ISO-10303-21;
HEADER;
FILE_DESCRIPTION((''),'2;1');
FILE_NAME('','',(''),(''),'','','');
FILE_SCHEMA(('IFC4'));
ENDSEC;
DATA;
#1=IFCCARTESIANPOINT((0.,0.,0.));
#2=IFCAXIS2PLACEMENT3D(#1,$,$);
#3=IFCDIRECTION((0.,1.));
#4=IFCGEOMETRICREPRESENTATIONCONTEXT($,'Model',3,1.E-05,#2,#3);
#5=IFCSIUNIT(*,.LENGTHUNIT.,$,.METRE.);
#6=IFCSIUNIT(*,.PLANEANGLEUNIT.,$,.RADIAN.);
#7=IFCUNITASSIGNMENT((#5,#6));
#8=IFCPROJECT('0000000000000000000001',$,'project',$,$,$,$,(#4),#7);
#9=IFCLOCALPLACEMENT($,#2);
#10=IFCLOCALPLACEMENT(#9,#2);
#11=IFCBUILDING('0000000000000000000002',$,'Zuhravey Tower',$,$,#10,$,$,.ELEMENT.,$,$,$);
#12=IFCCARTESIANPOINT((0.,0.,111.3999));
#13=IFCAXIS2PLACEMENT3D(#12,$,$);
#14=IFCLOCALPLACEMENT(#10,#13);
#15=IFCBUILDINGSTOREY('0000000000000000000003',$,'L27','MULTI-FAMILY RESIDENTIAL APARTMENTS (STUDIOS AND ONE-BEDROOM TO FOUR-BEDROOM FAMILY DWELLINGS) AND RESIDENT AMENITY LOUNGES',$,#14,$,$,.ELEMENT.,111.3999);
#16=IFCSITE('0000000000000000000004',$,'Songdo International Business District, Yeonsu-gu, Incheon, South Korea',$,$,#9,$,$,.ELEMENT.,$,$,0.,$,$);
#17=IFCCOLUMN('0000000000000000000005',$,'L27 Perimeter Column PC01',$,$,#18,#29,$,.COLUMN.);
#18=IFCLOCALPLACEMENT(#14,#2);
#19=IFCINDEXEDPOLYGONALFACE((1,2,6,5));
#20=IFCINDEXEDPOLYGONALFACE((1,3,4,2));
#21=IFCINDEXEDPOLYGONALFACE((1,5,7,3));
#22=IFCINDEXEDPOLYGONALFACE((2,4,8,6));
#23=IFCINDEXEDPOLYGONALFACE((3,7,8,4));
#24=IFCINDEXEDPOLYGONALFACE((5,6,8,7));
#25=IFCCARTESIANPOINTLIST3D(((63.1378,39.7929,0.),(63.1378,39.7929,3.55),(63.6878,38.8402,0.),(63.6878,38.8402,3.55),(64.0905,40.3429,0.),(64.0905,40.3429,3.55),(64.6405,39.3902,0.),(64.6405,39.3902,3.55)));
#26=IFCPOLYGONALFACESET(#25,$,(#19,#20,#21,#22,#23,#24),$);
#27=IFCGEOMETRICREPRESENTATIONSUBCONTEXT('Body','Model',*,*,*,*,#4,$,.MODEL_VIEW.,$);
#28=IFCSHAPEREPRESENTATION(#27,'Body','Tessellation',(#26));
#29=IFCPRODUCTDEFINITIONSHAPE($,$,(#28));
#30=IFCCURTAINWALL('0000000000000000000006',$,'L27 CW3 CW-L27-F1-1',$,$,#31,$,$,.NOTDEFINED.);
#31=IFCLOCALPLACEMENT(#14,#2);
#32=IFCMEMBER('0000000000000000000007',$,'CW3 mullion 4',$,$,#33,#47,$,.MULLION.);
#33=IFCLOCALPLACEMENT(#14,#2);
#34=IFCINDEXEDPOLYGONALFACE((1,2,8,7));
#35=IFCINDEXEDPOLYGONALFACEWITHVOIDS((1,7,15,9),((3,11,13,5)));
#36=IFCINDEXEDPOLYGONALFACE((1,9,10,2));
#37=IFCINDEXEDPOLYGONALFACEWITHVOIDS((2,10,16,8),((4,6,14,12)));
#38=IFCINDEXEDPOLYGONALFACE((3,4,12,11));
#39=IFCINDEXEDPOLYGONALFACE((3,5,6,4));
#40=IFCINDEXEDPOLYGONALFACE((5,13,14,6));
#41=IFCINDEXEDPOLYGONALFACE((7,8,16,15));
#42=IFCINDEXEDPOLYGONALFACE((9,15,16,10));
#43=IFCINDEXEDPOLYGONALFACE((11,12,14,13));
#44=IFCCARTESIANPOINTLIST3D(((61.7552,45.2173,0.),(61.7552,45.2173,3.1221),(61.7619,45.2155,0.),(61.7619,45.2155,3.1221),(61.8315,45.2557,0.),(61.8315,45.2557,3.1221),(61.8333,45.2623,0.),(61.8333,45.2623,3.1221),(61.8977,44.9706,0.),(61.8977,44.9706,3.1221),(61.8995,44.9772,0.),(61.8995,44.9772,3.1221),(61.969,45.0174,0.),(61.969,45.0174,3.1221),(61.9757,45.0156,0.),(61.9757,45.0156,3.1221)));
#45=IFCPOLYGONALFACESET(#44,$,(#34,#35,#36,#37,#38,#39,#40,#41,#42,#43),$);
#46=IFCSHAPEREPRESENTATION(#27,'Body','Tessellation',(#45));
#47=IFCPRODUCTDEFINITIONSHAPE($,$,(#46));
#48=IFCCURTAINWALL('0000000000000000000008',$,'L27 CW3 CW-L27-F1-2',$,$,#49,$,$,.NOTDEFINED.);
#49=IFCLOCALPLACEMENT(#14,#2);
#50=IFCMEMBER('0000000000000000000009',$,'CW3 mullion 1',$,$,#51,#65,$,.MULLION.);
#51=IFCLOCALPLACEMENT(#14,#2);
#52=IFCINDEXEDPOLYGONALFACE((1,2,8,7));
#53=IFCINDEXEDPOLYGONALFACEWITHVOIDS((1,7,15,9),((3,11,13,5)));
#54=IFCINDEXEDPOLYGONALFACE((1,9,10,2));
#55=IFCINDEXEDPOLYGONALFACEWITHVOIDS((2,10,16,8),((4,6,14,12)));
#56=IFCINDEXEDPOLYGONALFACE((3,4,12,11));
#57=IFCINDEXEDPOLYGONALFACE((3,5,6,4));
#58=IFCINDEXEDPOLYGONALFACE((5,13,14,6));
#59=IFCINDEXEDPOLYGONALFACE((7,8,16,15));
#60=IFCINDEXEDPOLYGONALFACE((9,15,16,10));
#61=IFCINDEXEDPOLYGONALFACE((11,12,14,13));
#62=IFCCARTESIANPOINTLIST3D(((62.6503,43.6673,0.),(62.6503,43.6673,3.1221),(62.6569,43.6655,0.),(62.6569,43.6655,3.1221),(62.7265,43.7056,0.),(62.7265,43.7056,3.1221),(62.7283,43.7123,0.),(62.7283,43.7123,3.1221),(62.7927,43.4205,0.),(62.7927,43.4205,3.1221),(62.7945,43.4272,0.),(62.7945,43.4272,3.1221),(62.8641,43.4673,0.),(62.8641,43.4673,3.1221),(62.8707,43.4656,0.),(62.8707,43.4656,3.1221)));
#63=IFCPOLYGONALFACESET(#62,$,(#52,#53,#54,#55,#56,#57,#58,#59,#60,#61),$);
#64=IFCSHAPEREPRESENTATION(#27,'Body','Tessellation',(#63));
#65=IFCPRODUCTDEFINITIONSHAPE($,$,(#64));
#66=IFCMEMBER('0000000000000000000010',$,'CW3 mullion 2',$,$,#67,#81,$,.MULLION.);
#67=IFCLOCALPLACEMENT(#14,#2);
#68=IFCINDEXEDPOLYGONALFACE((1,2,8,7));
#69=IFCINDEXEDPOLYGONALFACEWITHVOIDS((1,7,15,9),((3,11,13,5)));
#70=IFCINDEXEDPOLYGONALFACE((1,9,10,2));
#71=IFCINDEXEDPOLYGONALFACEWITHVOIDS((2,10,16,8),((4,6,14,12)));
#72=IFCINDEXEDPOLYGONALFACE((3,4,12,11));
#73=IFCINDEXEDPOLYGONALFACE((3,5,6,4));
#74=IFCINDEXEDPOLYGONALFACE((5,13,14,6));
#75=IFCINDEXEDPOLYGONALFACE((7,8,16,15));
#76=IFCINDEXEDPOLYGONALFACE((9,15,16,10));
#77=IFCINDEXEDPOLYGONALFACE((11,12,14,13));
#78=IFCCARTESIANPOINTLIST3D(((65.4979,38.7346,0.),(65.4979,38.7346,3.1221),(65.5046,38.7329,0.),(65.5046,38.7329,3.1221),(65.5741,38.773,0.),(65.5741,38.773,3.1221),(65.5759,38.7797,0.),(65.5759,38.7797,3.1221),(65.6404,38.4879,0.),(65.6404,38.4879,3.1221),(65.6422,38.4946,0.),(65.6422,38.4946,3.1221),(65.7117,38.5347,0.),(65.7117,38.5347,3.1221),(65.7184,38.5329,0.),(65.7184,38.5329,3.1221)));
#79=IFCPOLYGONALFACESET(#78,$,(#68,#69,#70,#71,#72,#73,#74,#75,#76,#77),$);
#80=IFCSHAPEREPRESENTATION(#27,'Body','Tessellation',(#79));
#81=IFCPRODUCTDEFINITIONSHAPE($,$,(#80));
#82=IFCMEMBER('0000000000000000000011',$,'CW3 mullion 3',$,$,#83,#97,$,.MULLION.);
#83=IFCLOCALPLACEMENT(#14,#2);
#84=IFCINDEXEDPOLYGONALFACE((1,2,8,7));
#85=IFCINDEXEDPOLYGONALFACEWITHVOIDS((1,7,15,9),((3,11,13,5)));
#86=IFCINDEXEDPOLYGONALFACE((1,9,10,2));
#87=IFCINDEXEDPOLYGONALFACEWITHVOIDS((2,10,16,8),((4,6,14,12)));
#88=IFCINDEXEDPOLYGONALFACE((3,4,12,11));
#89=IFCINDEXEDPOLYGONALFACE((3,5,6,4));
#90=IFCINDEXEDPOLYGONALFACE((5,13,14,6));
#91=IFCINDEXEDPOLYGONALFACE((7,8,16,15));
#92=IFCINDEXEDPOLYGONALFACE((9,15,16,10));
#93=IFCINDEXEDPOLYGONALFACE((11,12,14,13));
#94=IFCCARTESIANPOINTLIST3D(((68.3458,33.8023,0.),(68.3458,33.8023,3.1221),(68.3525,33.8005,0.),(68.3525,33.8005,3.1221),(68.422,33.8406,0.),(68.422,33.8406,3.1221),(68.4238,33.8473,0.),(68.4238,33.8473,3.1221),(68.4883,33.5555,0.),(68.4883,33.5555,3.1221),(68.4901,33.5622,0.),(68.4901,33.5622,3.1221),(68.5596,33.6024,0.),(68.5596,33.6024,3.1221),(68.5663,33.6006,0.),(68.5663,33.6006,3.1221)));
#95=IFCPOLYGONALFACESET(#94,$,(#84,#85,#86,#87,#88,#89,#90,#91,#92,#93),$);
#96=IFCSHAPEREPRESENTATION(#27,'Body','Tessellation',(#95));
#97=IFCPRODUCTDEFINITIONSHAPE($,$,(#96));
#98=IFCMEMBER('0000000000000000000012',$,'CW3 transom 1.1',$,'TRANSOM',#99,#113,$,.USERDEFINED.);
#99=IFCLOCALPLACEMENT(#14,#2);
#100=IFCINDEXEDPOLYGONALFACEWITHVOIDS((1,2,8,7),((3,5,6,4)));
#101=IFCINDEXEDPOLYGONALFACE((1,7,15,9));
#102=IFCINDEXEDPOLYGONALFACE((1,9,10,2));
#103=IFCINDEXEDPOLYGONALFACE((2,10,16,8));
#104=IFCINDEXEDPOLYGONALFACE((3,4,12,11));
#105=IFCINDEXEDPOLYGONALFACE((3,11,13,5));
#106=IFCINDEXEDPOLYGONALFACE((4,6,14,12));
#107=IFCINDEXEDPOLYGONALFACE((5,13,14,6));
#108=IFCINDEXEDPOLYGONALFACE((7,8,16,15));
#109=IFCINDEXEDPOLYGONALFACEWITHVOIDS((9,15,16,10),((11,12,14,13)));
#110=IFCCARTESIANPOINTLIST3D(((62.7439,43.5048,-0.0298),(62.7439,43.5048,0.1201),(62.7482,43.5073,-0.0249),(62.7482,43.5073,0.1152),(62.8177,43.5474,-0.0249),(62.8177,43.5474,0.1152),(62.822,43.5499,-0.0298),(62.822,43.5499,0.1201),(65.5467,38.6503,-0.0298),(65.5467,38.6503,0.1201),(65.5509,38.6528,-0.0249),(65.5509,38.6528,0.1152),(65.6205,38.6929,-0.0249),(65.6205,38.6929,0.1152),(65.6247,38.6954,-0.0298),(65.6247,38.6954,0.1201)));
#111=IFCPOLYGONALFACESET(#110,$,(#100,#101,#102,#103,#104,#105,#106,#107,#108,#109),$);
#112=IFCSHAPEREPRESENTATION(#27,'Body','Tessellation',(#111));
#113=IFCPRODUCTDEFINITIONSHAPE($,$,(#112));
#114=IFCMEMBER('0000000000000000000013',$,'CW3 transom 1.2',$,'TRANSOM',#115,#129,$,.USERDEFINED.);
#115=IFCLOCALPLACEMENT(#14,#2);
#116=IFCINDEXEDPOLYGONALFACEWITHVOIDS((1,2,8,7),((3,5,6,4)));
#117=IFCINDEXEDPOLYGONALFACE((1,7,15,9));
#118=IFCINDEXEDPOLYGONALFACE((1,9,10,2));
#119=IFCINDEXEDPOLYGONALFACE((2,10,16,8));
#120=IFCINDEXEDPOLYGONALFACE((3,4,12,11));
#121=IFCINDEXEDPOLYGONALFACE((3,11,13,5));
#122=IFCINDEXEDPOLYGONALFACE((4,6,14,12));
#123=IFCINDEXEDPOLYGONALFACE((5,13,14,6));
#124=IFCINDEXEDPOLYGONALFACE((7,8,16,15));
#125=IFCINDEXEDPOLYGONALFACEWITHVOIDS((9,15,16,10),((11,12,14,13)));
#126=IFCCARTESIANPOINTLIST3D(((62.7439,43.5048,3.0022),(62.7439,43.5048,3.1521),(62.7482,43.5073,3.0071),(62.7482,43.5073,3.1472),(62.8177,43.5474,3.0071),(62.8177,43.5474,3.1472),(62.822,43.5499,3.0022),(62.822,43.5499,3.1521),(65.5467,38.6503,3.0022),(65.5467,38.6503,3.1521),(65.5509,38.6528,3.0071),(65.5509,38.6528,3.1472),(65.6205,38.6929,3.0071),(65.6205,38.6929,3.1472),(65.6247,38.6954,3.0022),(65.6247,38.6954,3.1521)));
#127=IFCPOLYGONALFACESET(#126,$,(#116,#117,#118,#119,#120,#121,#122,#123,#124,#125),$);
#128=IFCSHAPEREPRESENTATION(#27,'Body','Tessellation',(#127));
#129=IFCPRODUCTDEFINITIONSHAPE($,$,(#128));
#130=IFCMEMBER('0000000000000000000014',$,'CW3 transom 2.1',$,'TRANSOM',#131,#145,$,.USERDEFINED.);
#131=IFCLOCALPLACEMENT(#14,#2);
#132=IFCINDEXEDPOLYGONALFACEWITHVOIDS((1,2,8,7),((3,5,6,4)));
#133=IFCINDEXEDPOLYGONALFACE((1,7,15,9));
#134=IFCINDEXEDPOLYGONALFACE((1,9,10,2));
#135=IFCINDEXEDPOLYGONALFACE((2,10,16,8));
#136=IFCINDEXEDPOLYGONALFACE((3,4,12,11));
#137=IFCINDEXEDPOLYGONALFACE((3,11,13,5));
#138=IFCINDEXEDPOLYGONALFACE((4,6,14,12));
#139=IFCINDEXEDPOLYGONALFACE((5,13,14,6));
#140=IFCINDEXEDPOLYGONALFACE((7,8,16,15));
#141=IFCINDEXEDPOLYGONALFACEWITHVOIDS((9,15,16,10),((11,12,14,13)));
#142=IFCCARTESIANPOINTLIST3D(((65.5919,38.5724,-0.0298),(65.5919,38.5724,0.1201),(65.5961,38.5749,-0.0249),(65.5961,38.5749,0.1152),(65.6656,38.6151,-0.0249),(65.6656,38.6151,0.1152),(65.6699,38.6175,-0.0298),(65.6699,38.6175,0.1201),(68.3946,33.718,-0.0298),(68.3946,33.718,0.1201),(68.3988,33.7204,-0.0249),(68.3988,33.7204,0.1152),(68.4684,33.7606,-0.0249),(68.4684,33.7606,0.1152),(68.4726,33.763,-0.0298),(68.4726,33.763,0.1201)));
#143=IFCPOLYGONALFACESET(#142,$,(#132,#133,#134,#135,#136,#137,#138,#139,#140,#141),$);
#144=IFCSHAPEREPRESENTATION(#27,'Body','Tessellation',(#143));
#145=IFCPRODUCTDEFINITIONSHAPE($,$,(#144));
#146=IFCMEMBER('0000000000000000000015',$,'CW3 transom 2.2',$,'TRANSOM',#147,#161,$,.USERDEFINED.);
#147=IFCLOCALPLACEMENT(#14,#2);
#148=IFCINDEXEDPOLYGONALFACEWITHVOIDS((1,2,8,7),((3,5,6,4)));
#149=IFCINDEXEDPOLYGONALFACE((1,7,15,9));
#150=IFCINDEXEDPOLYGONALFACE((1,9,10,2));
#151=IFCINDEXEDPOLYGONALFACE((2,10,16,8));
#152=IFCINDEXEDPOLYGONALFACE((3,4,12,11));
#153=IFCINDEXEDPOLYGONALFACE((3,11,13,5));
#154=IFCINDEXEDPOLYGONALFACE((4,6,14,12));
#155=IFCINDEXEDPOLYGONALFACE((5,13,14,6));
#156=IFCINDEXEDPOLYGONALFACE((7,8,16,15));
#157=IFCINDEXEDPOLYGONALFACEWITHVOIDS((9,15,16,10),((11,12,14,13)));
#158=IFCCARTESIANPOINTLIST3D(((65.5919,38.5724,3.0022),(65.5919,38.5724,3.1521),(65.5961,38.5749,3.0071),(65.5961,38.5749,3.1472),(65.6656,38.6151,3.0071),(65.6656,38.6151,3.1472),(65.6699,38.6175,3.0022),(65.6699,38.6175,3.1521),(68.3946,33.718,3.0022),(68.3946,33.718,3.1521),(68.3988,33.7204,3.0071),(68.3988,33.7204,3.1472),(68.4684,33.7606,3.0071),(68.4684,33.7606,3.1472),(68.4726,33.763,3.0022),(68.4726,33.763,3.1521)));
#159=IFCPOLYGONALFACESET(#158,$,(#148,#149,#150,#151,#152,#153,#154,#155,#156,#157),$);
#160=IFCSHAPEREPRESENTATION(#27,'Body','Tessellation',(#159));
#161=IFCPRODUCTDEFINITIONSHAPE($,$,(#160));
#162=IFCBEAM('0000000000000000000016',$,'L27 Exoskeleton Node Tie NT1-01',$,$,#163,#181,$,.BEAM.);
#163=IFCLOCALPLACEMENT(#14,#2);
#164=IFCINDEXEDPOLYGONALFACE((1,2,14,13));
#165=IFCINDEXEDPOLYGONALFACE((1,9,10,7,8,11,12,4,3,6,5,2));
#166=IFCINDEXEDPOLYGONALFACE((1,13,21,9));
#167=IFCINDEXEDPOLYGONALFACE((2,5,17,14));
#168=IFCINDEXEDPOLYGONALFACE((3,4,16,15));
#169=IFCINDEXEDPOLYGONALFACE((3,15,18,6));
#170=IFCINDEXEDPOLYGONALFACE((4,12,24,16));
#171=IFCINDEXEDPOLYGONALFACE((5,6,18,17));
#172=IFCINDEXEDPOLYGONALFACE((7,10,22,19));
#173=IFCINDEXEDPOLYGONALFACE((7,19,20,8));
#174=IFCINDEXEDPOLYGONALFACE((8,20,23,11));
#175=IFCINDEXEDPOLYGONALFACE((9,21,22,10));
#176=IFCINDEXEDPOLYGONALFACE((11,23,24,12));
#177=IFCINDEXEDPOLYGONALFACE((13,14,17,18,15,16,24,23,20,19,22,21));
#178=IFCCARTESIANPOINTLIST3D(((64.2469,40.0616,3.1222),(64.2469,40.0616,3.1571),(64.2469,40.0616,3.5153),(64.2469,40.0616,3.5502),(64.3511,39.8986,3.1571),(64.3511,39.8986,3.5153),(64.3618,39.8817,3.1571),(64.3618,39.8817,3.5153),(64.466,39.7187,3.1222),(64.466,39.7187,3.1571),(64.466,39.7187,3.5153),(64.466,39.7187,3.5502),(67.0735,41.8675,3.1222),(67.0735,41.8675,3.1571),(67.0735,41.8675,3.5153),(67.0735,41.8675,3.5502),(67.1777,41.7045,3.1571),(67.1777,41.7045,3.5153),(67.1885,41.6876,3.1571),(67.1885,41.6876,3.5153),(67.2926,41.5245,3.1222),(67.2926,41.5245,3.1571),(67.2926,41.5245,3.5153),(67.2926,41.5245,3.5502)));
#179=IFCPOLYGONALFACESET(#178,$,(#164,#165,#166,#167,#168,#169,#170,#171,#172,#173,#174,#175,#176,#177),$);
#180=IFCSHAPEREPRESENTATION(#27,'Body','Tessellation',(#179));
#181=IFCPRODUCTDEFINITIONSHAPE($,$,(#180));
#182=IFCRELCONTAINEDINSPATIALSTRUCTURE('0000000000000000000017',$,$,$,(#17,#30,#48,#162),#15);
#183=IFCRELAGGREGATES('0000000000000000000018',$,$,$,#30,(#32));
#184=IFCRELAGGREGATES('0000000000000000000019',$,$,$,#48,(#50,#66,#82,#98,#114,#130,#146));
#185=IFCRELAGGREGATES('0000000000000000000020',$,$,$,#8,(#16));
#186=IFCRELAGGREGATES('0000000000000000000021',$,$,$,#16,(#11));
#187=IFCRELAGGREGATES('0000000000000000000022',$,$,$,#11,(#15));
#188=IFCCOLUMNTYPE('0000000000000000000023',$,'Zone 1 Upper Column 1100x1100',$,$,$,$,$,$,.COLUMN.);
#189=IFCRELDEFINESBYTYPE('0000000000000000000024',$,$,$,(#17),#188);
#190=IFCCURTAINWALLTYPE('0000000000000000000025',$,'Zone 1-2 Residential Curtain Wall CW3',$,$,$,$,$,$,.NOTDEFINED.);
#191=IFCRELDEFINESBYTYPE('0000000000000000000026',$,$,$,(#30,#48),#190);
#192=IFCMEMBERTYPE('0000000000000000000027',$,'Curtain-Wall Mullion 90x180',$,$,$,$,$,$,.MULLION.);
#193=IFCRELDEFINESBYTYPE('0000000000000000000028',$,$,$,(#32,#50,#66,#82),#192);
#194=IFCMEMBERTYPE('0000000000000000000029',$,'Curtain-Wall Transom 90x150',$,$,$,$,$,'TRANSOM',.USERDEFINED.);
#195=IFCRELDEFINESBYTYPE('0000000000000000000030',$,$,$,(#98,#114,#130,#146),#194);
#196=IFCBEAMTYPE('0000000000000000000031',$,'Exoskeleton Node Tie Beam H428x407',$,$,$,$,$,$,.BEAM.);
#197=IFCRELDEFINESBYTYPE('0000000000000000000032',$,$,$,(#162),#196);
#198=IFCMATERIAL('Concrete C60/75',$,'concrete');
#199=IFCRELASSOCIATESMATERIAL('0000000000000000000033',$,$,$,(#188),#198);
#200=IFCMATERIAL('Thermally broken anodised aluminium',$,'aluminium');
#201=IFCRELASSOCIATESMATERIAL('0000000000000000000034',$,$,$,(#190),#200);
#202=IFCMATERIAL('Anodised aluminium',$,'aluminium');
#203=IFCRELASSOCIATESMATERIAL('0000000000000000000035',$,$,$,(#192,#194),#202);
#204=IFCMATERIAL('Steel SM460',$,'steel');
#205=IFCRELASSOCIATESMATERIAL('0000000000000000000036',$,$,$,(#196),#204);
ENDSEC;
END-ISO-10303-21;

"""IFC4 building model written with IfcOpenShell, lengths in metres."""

from ifc_helpers import new_model, si_unit, direction, frame, origin, origin_2d, place, context, subcontext, project, spatial, rectangle, hollow_rectangle, i_section, extrude, material, material_profile, profile_set, type_object, element, aggregate, save


model = new_model("IFC4")

# Units and contexts
model_context = context("Model", 3, precision=1e-05, world=origin(), true_north=direction((0.0, 1.0)))
body_context = subcontext(model_context, "Body", "Model", "MODEL_VIEW")
ifc_project = project(units=[si_unit("LENGTHUNIT", "METRE"), si_unit("PLANEANGLEUNIT", "RADIAN")], contexts=[model_context])

# Site, building, storey
site_placement = place(None, origin())
site = spatial("IfcSite", under=ifc_project, at=site_placement, Name="Songdo International Business District, Yeonsu-gu, Incheon, South Korea", CompositionType="ELEMENT", RefElevation=0.0)
building_placement = place(site_placement, origin())
building = spatial("IfcBuilding", under=site, at=building_placement, Name="Zuhravey Tower", CompositionType="ELEMENT")
storey_placement = place(building_placement, frame((0.0, 0.0, 111.3999)))
storey = spatial("IfcBuildingStorey", under=building, at=storey_placement, Name="L27", Description="MULTI-FAMILY RESIDENTIAL APARTMENTS (STUDIOS AND ONE-BEDROOM TO FOUR-BEDROOM FAMILY DWELLINGS) AND RESIDENT AMENITY LOUNGES", CompositionType="ELEMENT", Elevation=111.3999)

# Column
ifc_material_1 = material(Name="Concrete C60/75", Category="concrete")
ifc_material_profile_1 = material_profile(ifc_material_1, rectangle(XDim=1.1001, YDim=1.1001, at=origin_2d()), Name="RC-1100x1100")
ifc_profile_set_1 = profile_set([ifc_material_profile_1], Name="Concrete C60/75")
column_type = type_object("IfcColumnType", Name="Zone 1 Upper Column 1100x1100", PredefinedType="COLUMN", material=ifc_profile_set_1)
column_placement = place(storey_placement, frame((63.8892, 39.5916, 0.0), z_axis=(0.0, 0.0, 1.0), x_axis=(-0.5, 0.866025, 0.0)))
element("IfcColumn", 1, at=column_placement, inside=storey, type_object=column_type, Name="L27 Perimeter Column PC01", PredefinedType="COLUMN", context=body_context, shape_type="SweptSolid", body=[
    extrude(rectangle(XDim=1.1001, YDim=1.1001, at=origin_2d()), origin(), (0.0, 0.0, 1.0), 3.55),
])

# Curtain wall, member
ifc_material_2 = material(Name="Thermally broken anodised aluminium", Category="aluminium")
curtain_wall_type = type_object("IfcCurtainWallType", Name="Zone 1-2 Residential Curtain Wall CW3", PredefinedType="NOTDEFINED", material=ifc_material_2)
curtain_wall_1_placement = place(storey_placement, origin())
curtain_wall_1 = element("IfcCurtainWall", 2, at=curtain_wall_1_placement, inside=storey, type_object=curtain_wall_type, Name="L27 CW3 CW-L27-F1-1", PredefinedType="NOTDEFINED")
ifc_material_3 = material(Name="Anodised aluminium", Category="aluminium")
ifc_material_profile_2 = material_profile(ifc_material_3, hollow_rectangle(XDim=0.0901, YDim=0.2849, WallThickness=0.0049, at=origin_2d()), Name="ALU-RHS-90x285x5")
ifc_profile_set_2 = profile_set([ifc_material_profile_2], Name="Anodised aluminium")
member_type_1 = type_object("IfcMemberType", Name="Curtain-Wall Mullion 90x180", PredefinedType="MULLION", material=ifc_profile_set_2)
member_1_placement = place(storey_placement, frame((61.8655, 45.1165, 0.0), z_axis=(0.0, 0.0, 1.0), x_axis=(0.866025, 0.5, 0.0)))
member_1 = element("IfcMember", 3, at=member_1_placement, type_object=member_type_1, Name="CW3 mullion 4", PredefinedType="MULLION", context=body_context, shape_type="SweptSolid", body=[
    extrude(hollow_rectangle(XDim=0.0901, YDim=0.2849, WallThickness=0.0049, at=origin_2d()), origin(), (0.0, 0.0, 1.0), 3.1221),
])
aggregate(curtain_wall_1, [member_1])

# Curtain wall, members
curtain_wall_2_placement = place(storey_placement, origin())
curtain_wall_2 = element("IfcCurtainWall", 4, at=curtain_wall_2_placement, inside=storey, type_object=curtain_wall_type, Name="L27 CW3 CW-L27-F1-2", PredefinedType="NOTDEFINED")
member_2_placement = place(storey_placement, frame((62.7605, 43.5664, 0.0), z_axis=(0.0, 0.0, 1.0), x_axis=(0.866025, 0.500001, 0.0)))
member_2 = element("IfcMember", 5, at=member_2_placement, type_object=member_type_1, Name="CW3 mullion 1", PredefinedType="MULLION", context=body_context, shape_type="SweptSolid", body=[
    extrude(hollow_rectangle(XDim=0.0901, YDim=0.2849, WallThickness=0.0049, at=origin_2d()), origin(), (0.0, 0.0, 1.0), 3.1221),
])
member_3_placement = place(storey_placement, frame((65.6082, 38.6338, 0.0), z_axis=(0.0, 0.0, 1.0), x_axis=(0.866025, 0.500001, 0.0)))
member_3 = element("IfcMember", 6, at=member_3_placement, type_object=member_type_1, Name="CW3 mullion 2", PredefinedType="MULLION", context=body_context, shape_type="SweptSolid", body=[
    extrude(hollow_rectangle(XDim=0.0901, YDim=0.2849, WallThickness=0.0049, at=origin_2d()), origin(), (0.0, 0.0, 1.0), 3.1221),
])
member_4_placement = place(storey_placement, frame((68.4561, 33.7014, 0.0), z_axis=(0.0, 0.0, 1.0), x_axis=(0.866025, 0.500001, 0.0)))
member_4 = element("IfcMember", 7, at=member_4_placement, type_object=member_type_1, Name="CW3 mullion 3", PredefinedType="MULLION", context=body_context, shape_type="SweptSolid", body=[
    extrude(hollow_rectangle(XDim=0.0901, YDim=0.2849, WallThickness=0.0049, at=origin_2d()), origin(), (0.0, 0.0, 1.0), 3.1221),
])
ifc_material_profile_3 = material_profile(ifc_material_3, hollow_rectangle(XDim=0.0901, YDim=0.1499, WallThickness=0.0049, at=origin_2d()), Name="ALU-RHS-90x150x5")
ifc_profile_set_3 = profile_set([ifc_material_profile_3], Name="Anodised aluminium")
member_type_2 = type_object("IfcMemberType", Name="Curtain-Wall Transom 90x150", ElementType="TRANSOM", PredefinedType="USERDEFINED", material=ifc_profile_set_3)
member_5_placement = place(storey_placement, frame((62.783, 43.5273, 0.0452), z_axis=(0.499999, -0.866026, 0.0), x_axis=(0.866026, 0.499999, 0.0)))
member_5 = element("IfcMember", 8, at=member_5_placement, type_object=member_type_2, Name="CW3 transom 1.1", ObjectType="TRANSOM", PredefinedType="USERDEFINED", context=body_context, shape_type="SweptSolid", body=[
    extrude(hollow_rectangle(XDim=0.0901, YDim=0.1499, WallThickness=0.0049, at=origin_2d()), origin(), (0.0, 0.0, 1.0), 5.6055),
])
member_6_placement = place(storey_placement, frame((62.783, 43.5273, 3.0771), z_axis=(0.499999, -0.866026, 0.0), x_axis=(0.866026, 0.499999, 0.0)))
member_6 = element("IfcMember", 9, at=member_6_placement, type_object=member_type_2, Name="CW3 transom 1.2", ObjectType="TRANSOM", PredefinedType="USERDEFINED", context=body_context, shape_type="SweptSolid", body=[
    extrude(hollow_rectangle(XDim=0.0901, YDim=0.1499, WallThickness=0.0049, at=origin_2d()), origin(), (0.0, 0.0, 1.0), 5.6055),
])
member_7_placement = place(storey_placement, frame((65.6309, 38.595, 0.0452), z_axis=(0.499999, -0.866026, 0.0), x_axis=(0.866026, 0.499999, 0.0)))
member_7 = element("IfcMember", 10, at=member_7_placement, type_object=member_type_2, Name="CW3 transom 2.1", ObjectType="TRANSOM", PredefinedType="USERDEFINED", context=body_context, shape_type="SweptSolid", body=[
    extrude(hollow_rectangle(XDim=0.0901, YDim=0.1499, WallThickness=0.0049, at=origin_2d()), origin(), (0.0, 0.0, 1.0), 5.6055),
])
member_8_placement = place(storey_placement, frame((65.6309, 38.595, 3.0771), z_axis=(0.499999, -0.866026, 0.0), x_axis=(0.866026, 0.499999, 0.0)))
member_8 = element("IfcMember", 11, at=member_8_placement, type_object=member_type_2, Name="CW3 transom 2.2", ObjectType="TRANSOM", PredefinedType="USERDEFINED", context=body_context, shape_type="SweptSolid", body=[
    extrude(hollow_rectangle(XDim=0.0901, YDim=0.1499, WallThickness=0.0049, at=origin_2d()), origin(), (0.0, 0.0, 1.0), 5.6055),
])

# Beam
ifc_material_4 = material(Name="Steel SM460", Category="steel")
ifc_material_profile_4 = material_profile(ifc_material_4, i_section(OverallWidth=0.407, OverallDepth=0.428, WebThickness=0.02, FlangeThickness=0.0349, at=origin_2d()), Name="H-428x407x20x35")
ifc_profile_set_4 = profile_set([ifc_material_profile_4], Name="Steel SM460")
beam_type_1 = type_object("IfcBeamType", Name="Exoskeleton Node Tie Beam H428x407", PredefinedType="BEAM", material=ifc_profile_set_4)
beam_1_placement = place(storey_placement, frame((64.3564, 39.8901, 3.3362), z_axis=(0.842698, 0.538386, 0.0), x_axis=(-0.538386, 0.842698, 0.0)))
element("IfcBeam", 12, at=beam_1_placement, inside=storey, type_object=beam_type_1, Name="L27 Exoskeleton Node Tie NT1-01", PredefinedType="BEAM", context=body_context, shape_type="SweptSolid", body=[
    extrude(i_section(OverallWidth=0.407, OverallDepth=0.428, WebThickness=0.02, FlangeThickness=0.0349, at=origin_2d()), origin(), (0.0, 0.0, 1.0), 3.3542),
])

aggregate(curtain_wall_2, [member_2, member_3, member_4, member_5, member_6, member_7, member_8])

save(model, "model.ifc")
